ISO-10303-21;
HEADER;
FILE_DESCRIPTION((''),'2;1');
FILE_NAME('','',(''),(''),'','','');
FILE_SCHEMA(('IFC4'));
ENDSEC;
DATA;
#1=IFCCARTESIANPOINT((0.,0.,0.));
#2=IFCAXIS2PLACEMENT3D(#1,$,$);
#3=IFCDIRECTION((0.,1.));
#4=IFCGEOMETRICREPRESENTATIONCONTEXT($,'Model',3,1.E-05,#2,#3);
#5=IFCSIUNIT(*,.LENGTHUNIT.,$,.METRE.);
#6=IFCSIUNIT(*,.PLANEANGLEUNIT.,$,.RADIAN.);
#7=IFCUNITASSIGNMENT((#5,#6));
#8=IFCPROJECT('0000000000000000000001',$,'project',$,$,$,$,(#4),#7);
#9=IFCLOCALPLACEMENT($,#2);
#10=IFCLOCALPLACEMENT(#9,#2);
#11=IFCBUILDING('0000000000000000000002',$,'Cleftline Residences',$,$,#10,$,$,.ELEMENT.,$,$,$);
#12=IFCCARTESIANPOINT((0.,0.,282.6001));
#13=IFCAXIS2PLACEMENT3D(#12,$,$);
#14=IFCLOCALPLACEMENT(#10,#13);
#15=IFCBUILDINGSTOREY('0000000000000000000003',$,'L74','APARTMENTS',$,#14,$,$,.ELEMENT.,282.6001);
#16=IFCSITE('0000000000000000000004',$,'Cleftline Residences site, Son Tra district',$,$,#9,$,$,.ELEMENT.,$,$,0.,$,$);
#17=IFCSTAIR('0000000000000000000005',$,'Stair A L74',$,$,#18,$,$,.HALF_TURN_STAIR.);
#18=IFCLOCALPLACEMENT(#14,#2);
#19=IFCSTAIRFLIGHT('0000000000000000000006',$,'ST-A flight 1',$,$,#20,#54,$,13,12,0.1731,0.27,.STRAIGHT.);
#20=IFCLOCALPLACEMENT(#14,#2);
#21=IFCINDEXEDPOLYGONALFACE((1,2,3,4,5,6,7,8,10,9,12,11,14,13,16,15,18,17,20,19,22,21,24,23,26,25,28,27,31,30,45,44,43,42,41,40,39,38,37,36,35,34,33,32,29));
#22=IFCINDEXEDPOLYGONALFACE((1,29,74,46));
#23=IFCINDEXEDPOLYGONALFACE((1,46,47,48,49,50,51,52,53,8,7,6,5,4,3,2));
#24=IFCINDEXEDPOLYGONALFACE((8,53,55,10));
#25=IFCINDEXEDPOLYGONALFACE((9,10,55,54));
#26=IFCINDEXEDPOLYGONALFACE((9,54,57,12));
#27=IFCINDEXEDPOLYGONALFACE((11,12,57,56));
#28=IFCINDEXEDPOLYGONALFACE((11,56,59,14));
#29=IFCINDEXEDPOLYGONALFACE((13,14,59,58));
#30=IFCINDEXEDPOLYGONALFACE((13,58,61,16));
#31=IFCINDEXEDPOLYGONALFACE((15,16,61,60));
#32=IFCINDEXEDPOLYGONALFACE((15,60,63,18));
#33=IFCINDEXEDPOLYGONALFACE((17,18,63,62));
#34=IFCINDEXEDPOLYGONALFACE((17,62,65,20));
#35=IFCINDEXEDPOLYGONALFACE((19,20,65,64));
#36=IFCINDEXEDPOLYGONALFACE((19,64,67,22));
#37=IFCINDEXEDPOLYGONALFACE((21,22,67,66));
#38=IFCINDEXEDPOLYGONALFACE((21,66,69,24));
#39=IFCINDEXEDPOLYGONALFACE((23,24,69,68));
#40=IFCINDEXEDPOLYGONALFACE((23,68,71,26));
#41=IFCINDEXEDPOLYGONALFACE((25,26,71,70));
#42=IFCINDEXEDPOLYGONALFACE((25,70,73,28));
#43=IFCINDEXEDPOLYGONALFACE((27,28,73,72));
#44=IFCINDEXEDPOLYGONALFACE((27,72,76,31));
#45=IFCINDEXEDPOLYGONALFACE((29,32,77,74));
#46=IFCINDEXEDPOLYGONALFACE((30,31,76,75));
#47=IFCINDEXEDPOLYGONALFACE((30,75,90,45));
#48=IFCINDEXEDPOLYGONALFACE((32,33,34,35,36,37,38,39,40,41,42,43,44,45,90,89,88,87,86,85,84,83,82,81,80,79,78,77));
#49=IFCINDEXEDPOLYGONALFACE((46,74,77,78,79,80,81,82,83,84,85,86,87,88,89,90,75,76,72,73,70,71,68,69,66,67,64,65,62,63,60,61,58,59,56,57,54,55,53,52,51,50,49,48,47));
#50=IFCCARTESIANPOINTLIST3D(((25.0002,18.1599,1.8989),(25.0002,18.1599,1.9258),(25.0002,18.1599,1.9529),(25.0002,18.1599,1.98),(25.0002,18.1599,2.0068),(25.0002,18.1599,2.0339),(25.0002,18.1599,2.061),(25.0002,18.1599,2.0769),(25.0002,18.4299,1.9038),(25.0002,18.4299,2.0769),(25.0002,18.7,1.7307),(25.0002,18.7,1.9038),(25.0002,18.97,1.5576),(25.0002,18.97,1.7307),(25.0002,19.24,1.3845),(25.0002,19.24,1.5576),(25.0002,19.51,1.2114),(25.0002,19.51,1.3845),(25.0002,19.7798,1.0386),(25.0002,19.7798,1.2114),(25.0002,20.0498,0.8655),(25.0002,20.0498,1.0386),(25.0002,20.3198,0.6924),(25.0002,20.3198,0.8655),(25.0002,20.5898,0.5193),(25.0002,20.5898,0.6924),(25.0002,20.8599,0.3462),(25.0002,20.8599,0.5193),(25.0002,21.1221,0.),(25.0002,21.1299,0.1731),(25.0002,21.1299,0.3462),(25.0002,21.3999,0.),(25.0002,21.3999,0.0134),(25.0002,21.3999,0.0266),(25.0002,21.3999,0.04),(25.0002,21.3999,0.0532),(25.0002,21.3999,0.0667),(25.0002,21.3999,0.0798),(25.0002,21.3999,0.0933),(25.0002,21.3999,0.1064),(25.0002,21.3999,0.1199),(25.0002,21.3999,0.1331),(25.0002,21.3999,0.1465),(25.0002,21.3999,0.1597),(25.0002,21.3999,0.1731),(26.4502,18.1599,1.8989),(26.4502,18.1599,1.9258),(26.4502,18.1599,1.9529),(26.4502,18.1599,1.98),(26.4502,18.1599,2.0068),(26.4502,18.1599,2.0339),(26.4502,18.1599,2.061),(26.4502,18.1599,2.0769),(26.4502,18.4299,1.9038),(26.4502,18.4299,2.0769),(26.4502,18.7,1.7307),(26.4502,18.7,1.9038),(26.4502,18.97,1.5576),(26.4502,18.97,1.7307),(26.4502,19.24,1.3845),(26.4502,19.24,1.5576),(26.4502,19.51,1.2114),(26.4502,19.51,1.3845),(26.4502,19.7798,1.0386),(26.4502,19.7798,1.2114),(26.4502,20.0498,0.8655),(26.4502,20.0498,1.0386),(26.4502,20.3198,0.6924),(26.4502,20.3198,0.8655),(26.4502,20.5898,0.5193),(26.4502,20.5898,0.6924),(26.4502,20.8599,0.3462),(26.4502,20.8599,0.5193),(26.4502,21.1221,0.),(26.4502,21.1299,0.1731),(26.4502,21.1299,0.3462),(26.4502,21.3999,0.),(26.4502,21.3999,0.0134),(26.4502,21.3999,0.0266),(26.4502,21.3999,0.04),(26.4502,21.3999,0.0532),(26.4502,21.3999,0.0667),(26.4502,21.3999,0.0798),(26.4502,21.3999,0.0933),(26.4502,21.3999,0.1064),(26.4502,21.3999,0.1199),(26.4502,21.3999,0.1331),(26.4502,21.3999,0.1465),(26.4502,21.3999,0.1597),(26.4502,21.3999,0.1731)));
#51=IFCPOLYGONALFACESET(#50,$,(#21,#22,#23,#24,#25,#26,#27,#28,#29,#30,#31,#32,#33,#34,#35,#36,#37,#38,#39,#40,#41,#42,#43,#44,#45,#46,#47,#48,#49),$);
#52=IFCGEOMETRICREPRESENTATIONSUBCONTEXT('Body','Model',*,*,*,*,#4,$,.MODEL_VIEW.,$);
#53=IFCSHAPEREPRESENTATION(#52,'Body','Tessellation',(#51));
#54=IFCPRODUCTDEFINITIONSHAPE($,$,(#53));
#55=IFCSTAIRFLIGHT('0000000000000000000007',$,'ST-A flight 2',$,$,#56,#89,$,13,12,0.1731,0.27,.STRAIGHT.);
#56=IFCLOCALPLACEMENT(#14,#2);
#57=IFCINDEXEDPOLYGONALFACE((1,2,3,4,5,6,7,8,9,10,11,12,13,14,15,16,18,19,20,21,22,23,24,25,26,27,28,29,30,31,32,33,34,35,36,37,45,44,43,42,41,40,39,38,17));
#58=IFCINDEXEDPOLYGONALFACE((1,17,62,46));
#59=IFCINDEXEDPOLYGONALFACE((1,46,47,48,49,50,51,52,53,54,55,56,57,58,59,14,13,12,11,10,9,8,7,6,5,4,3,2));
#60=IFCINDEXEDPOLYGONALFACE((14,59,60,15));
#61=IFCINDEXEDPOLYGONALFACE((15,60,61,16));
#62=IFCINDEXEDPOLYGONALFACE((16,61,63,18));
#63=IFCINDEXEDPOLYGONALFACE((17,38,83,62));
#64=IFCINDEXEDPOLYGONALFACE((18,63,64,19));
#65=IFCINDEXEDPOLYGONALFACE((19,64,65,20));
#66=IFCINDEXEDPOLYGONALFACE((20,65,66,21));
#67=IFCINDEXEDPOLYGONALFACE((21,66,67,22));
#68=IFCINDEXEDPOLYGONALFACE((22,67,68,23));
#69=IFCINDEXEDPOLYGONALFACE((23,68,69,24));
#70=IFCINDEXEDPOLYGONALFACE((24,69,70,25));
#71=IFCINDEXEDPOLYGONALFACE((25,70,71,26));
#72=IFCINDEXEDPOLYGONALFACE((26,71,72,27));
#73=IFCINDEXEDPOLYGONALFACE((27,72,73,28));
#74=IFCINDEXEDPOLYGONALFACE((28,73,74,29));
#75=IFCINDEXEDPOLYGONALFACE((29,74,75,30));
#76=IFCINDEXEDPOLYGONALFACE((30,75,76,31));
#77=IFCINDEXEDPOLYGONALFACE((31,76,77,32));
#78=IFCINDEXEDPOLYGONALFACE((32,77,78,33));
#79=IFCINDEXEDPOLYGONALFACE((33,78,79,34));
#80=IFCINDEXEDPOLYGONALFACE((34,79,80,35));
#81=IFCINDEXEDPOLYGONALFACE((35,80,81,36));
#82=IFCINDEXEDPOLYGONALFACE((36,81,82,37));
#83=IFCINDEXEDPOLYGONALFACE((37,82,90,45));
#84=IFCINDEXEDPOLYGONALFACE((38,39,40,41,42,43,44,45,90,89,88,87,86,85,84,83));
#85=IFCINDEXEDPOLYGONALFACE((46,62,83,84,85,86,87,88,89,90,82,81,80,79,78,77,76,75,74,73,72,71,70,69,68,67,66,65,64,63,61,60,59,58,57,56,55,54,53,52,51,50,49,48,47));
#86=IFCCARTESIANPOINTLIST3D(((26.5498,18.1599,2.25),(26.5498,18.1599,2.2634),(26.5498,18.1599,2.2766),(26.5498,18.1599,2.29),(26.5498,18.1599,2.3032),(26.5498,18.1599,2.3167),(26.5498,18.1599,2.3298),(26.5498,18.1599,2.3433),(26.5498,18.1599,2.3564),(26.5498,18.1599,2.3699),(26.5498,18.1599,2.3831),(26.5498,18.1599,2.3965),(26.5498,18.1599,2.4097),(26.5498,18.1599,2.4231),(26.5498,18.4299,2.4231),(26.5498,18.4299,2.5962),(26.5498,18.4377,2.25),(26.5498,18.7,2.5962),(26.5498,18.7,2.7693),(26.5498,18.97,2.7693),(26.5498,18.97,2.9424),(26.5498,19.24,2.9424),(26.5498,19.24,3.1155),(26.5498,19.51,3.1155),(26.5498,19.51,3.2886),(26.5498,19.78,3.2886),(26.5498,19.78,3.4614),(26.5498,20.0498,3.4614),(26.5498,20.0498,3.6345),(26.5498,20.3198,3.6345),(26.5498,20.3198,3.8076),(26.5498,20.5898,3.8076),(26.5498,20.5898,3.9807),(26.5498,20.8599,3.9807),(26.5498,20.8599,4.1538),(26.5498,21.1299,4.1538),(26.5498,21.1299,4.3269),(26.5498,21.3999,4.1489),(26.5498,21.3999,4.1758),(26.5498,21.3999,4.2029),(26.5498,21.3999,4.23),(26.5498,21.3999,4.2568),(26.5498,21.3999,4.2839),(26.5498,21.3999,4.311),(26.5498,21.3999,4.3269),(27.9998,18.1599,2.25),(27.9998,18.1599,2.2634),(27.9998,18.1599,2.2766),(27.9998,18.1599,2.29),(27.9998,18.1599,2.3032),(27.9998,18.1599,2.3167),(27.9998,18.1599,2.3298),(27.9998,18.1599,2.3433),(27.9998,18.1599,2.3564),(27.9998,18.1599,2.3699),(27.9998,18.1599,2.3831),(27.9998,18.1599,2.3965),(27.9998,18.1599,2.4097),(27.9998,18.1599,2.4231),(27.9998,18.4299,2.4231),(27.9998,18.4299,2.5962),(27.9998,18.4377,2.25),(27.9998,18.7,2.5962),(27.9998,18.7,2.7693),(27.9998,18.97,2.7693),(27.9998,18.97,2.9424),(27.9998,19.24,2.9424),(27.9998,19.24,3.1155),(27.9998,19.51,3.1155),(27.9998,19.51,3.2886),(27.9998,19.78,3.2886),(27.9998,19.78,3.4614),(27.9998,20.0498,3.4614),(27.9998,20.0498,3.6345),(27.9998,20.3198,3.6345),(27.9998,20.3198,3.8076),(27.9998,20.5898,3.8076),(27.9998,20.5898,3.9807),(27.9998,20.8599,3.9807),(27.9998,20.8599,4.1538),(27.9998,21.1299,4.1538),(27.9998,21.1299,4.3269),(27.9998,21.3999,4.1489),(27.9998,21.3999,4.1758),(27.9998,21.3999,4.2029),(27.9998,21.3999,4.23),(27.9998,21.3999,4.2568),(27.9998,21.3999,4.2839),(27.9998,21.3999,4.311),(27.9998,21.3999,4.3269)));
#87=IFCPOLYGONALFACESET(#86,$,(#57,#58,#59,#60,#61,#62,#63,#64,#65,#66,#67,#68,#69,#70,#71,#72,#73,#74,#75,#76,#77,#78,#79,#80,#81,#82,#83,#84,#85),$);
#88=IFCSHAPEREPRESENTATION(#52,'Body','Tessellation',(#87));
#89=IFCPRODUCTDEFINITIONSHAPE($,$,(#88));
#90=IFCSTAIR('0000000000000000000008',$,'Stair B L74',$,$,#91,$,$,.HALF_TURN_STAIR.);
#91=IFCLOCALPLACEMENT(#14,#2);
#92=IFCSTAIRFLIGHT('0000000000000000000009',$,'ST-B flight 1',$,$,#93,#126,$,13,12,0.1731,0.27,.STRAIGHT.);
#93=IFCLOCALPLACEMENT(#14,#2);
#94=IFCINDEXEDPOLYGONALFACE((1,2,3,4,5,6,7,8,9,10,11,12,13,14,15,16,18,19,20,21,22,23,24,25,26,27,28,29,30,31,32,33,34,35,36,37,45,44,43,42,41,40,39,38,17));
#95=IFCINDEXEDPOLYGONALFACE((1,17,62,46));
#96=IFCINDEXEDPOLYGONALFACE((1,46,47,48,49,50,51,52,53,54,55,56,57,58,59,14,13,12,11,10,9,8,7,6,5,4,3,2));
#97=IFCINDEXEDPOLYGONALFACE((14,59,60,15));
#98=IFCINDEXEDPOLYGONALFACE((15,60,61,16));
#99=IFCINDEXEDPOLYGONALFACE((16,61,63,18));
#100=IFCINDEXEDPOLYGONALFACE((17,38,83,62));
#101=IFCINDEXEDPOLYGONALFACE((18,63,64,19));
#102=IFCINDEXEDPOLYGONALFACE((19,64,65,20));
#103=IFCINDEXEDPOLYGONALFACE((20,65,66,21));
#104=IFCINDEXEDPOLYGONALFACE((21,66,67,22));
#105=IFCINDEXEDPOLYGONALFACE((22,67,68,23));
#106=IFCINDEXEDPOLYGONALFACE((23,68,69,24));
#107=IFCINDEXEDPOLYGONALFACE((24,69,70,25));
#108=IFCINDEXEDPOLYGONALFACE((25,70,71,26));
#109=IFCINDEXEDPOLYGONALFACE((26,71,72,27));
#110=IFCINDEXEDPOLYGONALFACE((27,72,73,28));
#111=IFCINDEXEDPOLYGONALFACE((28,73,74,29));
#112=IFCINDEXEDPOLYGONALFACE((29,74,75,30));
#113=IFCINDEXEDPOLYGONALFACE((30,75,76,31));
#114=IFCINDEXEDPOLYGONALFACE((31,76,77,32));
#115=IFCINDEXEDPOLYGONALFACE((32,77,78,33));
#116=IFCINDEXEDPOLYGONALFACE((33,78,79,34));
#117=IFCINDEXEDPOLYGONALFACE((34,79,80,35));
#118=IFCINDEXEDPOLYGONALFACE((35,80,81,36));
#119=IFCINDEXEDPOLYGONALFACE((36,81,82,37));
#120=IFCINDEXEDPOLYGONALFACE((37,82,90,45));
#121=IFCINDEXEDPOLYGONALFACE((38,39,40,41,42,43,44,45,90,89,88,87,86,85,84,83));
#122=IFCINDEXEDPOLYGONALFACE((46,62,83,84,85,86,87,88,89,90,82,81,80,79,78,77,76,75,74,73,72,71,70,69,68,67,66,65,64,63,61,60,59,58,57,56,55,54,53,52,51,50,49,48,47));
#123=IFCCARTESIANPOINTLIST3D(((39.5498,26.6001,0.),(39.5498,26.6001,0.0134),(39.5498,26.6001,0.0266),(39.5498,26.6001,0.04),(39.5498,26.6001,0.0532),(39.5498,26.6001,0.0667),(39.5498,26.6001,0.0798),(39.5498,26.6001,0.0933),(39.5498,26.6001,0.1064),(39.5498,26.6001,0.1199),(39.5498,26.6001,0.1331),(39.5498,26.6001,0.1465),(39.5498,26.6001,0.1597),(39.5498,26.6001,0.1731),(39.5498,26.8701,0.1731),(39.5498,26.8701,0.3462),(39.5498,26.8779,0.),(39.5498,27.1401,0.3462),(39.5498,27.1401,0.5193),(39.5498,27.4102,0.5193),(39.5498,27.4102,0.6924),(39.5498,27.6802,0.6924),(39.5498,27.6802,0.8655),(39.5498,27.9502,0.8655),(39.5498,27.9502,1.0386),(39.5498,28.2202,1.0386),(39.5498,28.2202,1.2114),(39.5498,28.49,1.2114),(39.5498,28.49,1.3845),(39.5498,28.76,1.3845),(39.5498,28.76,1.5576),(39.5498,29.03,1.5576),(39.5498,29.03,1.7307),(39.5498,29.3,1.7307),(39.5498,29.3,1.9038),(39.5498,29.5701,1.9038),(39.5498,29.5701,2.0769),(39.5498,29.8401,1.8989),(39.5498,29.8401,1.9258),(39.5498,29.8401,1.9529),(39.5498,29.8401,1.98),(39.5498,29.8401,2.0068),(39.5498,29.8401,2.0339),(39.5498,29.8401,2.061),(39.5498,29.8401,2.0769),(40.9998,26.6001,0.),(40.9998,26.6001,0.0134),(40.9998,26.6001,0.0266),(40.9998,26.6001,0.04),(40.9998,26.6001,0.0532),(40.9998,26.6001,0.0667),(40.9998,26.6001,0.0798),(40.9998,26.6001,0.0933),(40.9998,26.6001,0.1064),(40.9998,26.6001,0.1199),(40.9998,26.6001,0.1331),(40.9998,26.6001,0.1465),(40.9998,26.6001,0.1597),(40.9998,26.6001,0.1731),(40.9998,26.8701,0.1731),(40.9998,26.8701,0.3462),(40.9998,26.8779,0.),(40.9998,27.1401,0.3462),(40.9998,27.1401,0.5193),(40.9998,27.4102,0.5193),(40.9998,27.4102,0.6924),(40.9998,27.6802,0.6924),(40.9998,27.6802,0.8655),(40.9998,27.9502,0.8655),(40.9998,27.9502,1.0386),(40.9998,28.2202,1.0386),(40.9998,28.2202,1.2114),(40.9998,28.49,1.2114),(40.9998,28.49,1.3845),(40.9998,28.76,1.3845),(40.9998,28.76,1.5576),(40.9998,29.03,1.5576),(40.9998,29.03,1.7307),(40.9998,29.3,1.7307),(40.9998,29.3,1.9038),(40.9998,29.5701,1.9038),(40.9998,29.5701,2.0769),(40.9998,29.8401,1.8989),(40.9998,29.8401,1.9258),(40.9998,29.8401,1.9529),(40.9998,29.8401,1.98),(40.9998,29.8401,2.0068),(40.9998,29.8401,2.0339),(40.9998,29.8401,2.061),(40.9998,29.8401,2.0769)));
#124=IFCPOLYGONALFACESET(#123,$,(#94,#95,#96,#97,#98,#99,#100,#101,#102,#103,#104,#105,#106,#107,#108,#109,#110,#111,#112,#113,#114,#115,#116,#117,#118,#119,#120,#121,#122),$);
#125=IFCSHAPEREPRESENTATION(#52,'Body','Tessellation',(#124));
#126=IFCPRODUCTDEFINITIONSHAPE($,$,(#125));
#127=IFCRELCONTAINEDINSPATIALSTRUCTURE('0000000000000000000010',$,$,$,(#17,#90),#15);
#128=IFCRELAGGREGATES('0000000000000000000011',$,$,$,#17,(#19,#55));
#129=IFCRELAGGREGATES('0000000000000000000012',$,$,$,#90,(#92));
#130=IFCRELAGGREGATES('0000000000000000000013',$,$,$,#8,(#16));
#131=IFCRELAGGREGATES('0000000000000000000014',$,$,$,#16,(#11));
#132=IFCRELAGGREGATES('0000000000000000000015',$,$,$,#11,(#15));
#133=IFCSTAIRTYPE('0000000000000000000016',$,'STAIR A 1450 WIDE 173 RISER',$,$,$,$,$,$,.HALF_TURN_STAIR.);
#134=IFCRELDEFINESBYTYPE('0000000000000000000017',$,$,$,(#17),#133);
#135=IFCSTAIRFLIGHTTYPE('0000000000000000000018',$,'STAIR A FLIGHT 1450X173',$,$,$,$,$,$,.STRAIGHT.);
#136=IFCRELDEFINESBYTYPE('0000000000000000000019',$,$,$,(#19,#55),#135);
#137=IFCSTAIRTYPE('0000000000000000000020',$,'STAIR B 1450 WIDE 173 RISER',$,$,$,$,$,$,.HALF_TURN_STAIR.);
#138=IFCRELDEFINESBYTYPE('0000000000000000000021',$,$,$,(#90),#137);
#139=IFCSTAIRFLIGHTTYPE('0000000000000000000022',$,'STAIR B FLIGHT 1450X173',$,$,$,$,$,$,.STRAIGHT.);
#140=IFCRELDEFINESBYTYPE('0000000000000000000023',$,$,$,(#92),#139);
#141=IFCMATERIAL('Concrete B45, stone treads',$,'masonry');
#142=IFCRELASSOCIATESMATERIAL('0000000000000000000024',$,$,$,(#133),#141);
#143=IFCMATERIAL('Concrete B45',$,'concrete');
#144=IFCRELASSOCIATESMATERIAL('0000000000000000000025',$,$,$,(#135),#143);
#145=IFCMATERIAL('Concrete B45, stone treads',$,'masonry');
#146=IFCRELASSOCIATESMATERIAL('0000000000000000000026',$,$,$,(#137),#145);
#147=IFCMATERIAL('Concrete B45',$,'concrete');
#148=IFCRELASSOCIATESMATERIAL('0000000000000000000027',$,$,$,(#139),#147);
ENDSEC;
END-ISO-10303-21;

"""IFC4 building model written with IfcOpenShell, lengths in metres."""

from ifc_helpers import new_model, si_unit, direction, frame, origin, place, context, subcontext, project, spatial, polyline, outline, extrude, material, type_object, element, aggregate, save


model = new_model("IFC4")

# Units and contexts
model_context = context("Model", 3, precision=1e-05, world=origin(), true_north=direction((0.0, 1.0)))
body_context = subcontext(model_context, "Body", "Model", "MODEL_VIEW")
ifc_project = project(units=[si_unit("LENGTHUNIT", "METRE"), si_unit("PLANEANGLEUNIT", "RADIAN")], contexts=[model_context])

# Site, building, storey
site_placement = place(None, origin())
site = spatial("IfcSite", under=ifc_project, at=site_placement, Name="Cleftline Residences site, Son Tra district", CompositionType="ELEMENT", RefElevation=0.0)
building_placement = place(site_placement, origin())
building = spatial("IfcBuilding", under=site, at=building_placement, Name="Cleftline Residences", CompositionType="ELEMENT")
storey_placement = place(building_placement, frame((0.0, 0.0, 282.6001)))
storey = spatial("IfcBuildingStorey", under=building, at=storey_placement, Name="L74", Description="APARTMENTS", CompositionType="ELEMENT", Elevation=282.6001)

# Stairs, stair flights
ifc_material_1 = material(Name="Concrete B45, stone treads", Category="masonry")
stair_type_1 = type_object("IfcStairType", Name="STAIR A 1450 WIDE 173 RISER", PredefinedType="HALF_TURN_STAIR", material=ifc_material_1)
stair_1_placement = place(storey_placement, origin())
stair_1 = element("IfcStair", 1, at=stair_1_placement, inside=storey, type_object=stair_type_1, Name="Stair A L74", PredefinedType="HALF_TURN_STAIR")
ifc_material_2 = material(Name="Concrete B45", Category="concrete")
stair_flight_type_1 = type_object("IfcStairFlightType", Name="STAIR A FLIGHT 1450X173", PredefinedType="STRAIGHT", material=ifc_material_2)
stair_flight_1_placement = place(storey_placement, frame((25.7251, 21.3999, 0.0), z_axis=(0.0, 0.0, 1.0), x_axis=(0.0, -1.0, 0.0)))
stair_flight_1 = element("IfcStairFlight", 2, at=stair_flight_1_placement, type_object=stair_flight_type_1, Name="ST-A flight 1", NumberOfRisers=13, NumberOfTreads=12, PredefinedType="STRAIGHT", RiserHeight=0.1731, TreadLength=0.27, context=body_context, shape_type="SweptSolid", body=[
    extrude(outline(polyline([(0.0, 0.0), (0.0, 0.0134), (0.0, 0.0266), (0.0, 0.04), (0.0, 0.0532), (0.0, 0.0667), (0.0, 0.0798), (0.0, 0.0933), (0.0, 0.1064), (0.0, 0.1199), (0.0, 0.1331), (0.0, 0.1465), (0.0, 0.1597), (0.0, 0.1731), (0.27, 0.1731), (0.27, 0.3462), (0.54, 0.3462), (0.54, 0.5193), (0.8101, 0.5193), (0.8101, 0.6924), (1.0801, 0.6924), (1.0801, 0.8655), (1.3501, 0.8655), (1.3501, 1.0386), (1.6201, 1.0386), (1.6201, 1.2114), (1.8899, 1.2114), (1.8899, 1.3845), (2.1599, 1.3845), (2.1599, 1.5576), (2.4299, 1.5576), (2.4299, 1.7307), (2.7, 1.7307), (2.7, 1.9038), (2.97, 1.9038), (2.97, 2.0769), (3.24, 2.0769), (3.24, 2.25), (3.24, 2.2229), (3.24, 2.196), (3.24, 2.1689), (3.24, 2.1418), (3.24, 2.115), (3.24, 2.0879), (3.24, 2.061), (3.24, 2.0339), (3.24, 2.0068), (3.24, 1.98), (3.24, 1.9529), (3.24, 1.9258), (3.24, 1.8989), (0.2778, 0.0), (0.0, 0.0)])), frame((0.0, 0.7251, 0.0), z_axis=(0.0, -1.0, 0.0), x_axis=(1.0, 0.0, 0.0)), (0.0, 0.0, 1.0), 1.45),
])
stair_flight_2_placement = place(storey_placement, frame((27.2749, 18.1599, 2.25), z_axis=(0.0, 0.0, 1.0), x_axis=(0.0, 1.0, 0.0)))
stair_flight_2 = element("IfcStairFlight", 3, at=stair_flight_2_placement, type_object=stair_flight_type_1, Name="ST-A flight 2", NumberOfRisers=13, NumberOfTreads=12, PredefinedType="STRAIGHT", RiserHeight=0.1731, TreadLength=0.27, context=body_context, shape_type="SweptSolid", body=[
    extrude(outline(polyline([(0.0, 0.0), (0.0, 0.0134), (0.0, 0.0266), (0.0, 0.04), (0.0, 0.0532), (0.0, 0.0667), (0.0, 0.0798), (0.0, 0.0933), (0.0, 0.1064), (0.0, 0.1199), (0.0, 0.1331), (0.0, 0.1465), (0.0, 0.1597), (0.0, 0.1731), (0.27, 0.1731), (0.27, 0.3462), (0.54, 0.3462), (0.54, 0.5193), (0.8101, 0.5193), (0.8101, 0.6924), (1.0801, 0.6924), (1.0801, 0.8655), (1.3501, 0.8655), (1.3501, 1.0386), (1.6201, 1.0386), (1.6201, 1.2114), (1.8899, 1.2114), (1.8899, 1.3845), (2.1599, 1.3845), (2.1599, 1.5576), (2.4299, 1.5576), (2.4299, 1.7307), (2.7, 1.7307), (2.7, 1.9038), (2.97, 1.9038), (2.97, 2.0769), (3.24, 2.0769), (3.24, 2.25), (3.24, 2.2229), (3.24, 2.196), (3.24, 2.1689), (3.24, 2.1418), (3.24, 2.115), (3.24, 2.0879), (3.24, 2.061), (3.24, 2.0339), (3.24, 2.0068), (3.24, 1.98), (3.24, 1.9529), (3.24, 1.9258), (3.24, 1.8989), (0.2778, 0.0), (0.0, 0.0)])), frame((0.0, 0.7251, 0.0), z_axis=(0.0, -1.0, 0.0), x_axis=(1.0, 0.0, 0.0)), (0.0, 0.0, 1.0), 1.45),
])
aggregate(stair_1, [stair_flight_1, stair_flight_2])
ifc_material_3 = material(Name="Concrete B45, stone treads", Category="masonry")
stair_type_2 = type_object("IfcStairType", Name="STAIR B 1450 WIDE 173 RISER", PredefinedType="HALF_TURN_STAIR", material=ifc_material_3)
stair_2_placement = place(storey_placement, origin())
stair_2 = element("IfcStair", 4, at=stair_2_placement, inside=storey, type_object=stair_type_2, Name="Stair B L74", PredefinedType="HALF_TURN_STAIR")
ifc_material_4 = material(Name="Concrete B45", Category="concrete")
stair_flight_type_2 = type_object("IfcStairFlightType", Name="STAIR B FLIGHT 1450X173", PredefinedType="STRAIGHT", material=ifc_material_4)
stair_flight_3_placement = place(storey_placement, frame((40.2749, 26.6001, 0.0), z_axis=(0.0, 0.0, 1.0), x_axis=(0.0, 1.0, 0.0)))
stair_flight_3 = element("IfcStairFlight", 5, at=stair_flight_3_placement, type_object=stair_flight_type_2, Name="ST-B flight 1", NumberOfRisers=13, NumberOfTreads=12, PredefinedType="STRAIGHT", RiserHeight=0.1731, TreadLength=0.27, context=body_context, shape_type="SweptSolid", body=[
    extrude(outline(polyline([(0.0, 0.0), (0.0, 0.0134), (0.0, 0.0266), (0.0, 0.04), (0.0, 0.0532), (0.0, 0.0667), (0.0, 0.0798), (0.0, 0.0933), (0.0, 0.1064), (0.0, 0.1199), (0.0, 0.1331), (0.0, 0.1465), (0.0, 0.1597), (0.0, 0.1731), (0.27, 0.1731), (0.27, 0.3462), (0.54, 0.3462), (0.54, 0.5193), (0.8101, 0.5193), (0.8101, 0.6924), (1.0801, 0.6924), (1.0801, 0.8655), (1.3501, 0.8655), (1.3501, 1.0386), (1.6201, 1.0386), (1.6201, 1.2114), (1.8899, 1.2114), (1.8899, 1.3845), (2.1599, 1.3845), (2.1599, 1.5576), (2.4299, 1.5576), (2.4299, 1.7307), (2.7, 1.7307), (2.7, 1.9038), (2.97, 1.9038), (2.97, 2.0769), (3.24, 2.0769), (3.24, 2.25), (3.24, 2.2229), (3.24, 2.196), (3.24, 2.1689), (3.24, 2.1418), (3.24, 2.115), (3.24, 2.0879), (3.24, 2.061), (3.24, 2.0339), (3.24, 2.0068), (3.24, 1.98), (3.24, 1.9529), (3.24, 1.9258), (3.24, 1.8989), (0.2778, 0.0), (0.0, 0.0)])), frame((0.0, 0.7251, 0.0), z_axis=(0.0, -1.0, 0.0), x_axis=(1.0, 0.0, 0.0)), (0.0, 0.0, 1.0), 1.45),
])
aggregate(stair_2, [stair_flight_3])

save(model, "model.ifc")
